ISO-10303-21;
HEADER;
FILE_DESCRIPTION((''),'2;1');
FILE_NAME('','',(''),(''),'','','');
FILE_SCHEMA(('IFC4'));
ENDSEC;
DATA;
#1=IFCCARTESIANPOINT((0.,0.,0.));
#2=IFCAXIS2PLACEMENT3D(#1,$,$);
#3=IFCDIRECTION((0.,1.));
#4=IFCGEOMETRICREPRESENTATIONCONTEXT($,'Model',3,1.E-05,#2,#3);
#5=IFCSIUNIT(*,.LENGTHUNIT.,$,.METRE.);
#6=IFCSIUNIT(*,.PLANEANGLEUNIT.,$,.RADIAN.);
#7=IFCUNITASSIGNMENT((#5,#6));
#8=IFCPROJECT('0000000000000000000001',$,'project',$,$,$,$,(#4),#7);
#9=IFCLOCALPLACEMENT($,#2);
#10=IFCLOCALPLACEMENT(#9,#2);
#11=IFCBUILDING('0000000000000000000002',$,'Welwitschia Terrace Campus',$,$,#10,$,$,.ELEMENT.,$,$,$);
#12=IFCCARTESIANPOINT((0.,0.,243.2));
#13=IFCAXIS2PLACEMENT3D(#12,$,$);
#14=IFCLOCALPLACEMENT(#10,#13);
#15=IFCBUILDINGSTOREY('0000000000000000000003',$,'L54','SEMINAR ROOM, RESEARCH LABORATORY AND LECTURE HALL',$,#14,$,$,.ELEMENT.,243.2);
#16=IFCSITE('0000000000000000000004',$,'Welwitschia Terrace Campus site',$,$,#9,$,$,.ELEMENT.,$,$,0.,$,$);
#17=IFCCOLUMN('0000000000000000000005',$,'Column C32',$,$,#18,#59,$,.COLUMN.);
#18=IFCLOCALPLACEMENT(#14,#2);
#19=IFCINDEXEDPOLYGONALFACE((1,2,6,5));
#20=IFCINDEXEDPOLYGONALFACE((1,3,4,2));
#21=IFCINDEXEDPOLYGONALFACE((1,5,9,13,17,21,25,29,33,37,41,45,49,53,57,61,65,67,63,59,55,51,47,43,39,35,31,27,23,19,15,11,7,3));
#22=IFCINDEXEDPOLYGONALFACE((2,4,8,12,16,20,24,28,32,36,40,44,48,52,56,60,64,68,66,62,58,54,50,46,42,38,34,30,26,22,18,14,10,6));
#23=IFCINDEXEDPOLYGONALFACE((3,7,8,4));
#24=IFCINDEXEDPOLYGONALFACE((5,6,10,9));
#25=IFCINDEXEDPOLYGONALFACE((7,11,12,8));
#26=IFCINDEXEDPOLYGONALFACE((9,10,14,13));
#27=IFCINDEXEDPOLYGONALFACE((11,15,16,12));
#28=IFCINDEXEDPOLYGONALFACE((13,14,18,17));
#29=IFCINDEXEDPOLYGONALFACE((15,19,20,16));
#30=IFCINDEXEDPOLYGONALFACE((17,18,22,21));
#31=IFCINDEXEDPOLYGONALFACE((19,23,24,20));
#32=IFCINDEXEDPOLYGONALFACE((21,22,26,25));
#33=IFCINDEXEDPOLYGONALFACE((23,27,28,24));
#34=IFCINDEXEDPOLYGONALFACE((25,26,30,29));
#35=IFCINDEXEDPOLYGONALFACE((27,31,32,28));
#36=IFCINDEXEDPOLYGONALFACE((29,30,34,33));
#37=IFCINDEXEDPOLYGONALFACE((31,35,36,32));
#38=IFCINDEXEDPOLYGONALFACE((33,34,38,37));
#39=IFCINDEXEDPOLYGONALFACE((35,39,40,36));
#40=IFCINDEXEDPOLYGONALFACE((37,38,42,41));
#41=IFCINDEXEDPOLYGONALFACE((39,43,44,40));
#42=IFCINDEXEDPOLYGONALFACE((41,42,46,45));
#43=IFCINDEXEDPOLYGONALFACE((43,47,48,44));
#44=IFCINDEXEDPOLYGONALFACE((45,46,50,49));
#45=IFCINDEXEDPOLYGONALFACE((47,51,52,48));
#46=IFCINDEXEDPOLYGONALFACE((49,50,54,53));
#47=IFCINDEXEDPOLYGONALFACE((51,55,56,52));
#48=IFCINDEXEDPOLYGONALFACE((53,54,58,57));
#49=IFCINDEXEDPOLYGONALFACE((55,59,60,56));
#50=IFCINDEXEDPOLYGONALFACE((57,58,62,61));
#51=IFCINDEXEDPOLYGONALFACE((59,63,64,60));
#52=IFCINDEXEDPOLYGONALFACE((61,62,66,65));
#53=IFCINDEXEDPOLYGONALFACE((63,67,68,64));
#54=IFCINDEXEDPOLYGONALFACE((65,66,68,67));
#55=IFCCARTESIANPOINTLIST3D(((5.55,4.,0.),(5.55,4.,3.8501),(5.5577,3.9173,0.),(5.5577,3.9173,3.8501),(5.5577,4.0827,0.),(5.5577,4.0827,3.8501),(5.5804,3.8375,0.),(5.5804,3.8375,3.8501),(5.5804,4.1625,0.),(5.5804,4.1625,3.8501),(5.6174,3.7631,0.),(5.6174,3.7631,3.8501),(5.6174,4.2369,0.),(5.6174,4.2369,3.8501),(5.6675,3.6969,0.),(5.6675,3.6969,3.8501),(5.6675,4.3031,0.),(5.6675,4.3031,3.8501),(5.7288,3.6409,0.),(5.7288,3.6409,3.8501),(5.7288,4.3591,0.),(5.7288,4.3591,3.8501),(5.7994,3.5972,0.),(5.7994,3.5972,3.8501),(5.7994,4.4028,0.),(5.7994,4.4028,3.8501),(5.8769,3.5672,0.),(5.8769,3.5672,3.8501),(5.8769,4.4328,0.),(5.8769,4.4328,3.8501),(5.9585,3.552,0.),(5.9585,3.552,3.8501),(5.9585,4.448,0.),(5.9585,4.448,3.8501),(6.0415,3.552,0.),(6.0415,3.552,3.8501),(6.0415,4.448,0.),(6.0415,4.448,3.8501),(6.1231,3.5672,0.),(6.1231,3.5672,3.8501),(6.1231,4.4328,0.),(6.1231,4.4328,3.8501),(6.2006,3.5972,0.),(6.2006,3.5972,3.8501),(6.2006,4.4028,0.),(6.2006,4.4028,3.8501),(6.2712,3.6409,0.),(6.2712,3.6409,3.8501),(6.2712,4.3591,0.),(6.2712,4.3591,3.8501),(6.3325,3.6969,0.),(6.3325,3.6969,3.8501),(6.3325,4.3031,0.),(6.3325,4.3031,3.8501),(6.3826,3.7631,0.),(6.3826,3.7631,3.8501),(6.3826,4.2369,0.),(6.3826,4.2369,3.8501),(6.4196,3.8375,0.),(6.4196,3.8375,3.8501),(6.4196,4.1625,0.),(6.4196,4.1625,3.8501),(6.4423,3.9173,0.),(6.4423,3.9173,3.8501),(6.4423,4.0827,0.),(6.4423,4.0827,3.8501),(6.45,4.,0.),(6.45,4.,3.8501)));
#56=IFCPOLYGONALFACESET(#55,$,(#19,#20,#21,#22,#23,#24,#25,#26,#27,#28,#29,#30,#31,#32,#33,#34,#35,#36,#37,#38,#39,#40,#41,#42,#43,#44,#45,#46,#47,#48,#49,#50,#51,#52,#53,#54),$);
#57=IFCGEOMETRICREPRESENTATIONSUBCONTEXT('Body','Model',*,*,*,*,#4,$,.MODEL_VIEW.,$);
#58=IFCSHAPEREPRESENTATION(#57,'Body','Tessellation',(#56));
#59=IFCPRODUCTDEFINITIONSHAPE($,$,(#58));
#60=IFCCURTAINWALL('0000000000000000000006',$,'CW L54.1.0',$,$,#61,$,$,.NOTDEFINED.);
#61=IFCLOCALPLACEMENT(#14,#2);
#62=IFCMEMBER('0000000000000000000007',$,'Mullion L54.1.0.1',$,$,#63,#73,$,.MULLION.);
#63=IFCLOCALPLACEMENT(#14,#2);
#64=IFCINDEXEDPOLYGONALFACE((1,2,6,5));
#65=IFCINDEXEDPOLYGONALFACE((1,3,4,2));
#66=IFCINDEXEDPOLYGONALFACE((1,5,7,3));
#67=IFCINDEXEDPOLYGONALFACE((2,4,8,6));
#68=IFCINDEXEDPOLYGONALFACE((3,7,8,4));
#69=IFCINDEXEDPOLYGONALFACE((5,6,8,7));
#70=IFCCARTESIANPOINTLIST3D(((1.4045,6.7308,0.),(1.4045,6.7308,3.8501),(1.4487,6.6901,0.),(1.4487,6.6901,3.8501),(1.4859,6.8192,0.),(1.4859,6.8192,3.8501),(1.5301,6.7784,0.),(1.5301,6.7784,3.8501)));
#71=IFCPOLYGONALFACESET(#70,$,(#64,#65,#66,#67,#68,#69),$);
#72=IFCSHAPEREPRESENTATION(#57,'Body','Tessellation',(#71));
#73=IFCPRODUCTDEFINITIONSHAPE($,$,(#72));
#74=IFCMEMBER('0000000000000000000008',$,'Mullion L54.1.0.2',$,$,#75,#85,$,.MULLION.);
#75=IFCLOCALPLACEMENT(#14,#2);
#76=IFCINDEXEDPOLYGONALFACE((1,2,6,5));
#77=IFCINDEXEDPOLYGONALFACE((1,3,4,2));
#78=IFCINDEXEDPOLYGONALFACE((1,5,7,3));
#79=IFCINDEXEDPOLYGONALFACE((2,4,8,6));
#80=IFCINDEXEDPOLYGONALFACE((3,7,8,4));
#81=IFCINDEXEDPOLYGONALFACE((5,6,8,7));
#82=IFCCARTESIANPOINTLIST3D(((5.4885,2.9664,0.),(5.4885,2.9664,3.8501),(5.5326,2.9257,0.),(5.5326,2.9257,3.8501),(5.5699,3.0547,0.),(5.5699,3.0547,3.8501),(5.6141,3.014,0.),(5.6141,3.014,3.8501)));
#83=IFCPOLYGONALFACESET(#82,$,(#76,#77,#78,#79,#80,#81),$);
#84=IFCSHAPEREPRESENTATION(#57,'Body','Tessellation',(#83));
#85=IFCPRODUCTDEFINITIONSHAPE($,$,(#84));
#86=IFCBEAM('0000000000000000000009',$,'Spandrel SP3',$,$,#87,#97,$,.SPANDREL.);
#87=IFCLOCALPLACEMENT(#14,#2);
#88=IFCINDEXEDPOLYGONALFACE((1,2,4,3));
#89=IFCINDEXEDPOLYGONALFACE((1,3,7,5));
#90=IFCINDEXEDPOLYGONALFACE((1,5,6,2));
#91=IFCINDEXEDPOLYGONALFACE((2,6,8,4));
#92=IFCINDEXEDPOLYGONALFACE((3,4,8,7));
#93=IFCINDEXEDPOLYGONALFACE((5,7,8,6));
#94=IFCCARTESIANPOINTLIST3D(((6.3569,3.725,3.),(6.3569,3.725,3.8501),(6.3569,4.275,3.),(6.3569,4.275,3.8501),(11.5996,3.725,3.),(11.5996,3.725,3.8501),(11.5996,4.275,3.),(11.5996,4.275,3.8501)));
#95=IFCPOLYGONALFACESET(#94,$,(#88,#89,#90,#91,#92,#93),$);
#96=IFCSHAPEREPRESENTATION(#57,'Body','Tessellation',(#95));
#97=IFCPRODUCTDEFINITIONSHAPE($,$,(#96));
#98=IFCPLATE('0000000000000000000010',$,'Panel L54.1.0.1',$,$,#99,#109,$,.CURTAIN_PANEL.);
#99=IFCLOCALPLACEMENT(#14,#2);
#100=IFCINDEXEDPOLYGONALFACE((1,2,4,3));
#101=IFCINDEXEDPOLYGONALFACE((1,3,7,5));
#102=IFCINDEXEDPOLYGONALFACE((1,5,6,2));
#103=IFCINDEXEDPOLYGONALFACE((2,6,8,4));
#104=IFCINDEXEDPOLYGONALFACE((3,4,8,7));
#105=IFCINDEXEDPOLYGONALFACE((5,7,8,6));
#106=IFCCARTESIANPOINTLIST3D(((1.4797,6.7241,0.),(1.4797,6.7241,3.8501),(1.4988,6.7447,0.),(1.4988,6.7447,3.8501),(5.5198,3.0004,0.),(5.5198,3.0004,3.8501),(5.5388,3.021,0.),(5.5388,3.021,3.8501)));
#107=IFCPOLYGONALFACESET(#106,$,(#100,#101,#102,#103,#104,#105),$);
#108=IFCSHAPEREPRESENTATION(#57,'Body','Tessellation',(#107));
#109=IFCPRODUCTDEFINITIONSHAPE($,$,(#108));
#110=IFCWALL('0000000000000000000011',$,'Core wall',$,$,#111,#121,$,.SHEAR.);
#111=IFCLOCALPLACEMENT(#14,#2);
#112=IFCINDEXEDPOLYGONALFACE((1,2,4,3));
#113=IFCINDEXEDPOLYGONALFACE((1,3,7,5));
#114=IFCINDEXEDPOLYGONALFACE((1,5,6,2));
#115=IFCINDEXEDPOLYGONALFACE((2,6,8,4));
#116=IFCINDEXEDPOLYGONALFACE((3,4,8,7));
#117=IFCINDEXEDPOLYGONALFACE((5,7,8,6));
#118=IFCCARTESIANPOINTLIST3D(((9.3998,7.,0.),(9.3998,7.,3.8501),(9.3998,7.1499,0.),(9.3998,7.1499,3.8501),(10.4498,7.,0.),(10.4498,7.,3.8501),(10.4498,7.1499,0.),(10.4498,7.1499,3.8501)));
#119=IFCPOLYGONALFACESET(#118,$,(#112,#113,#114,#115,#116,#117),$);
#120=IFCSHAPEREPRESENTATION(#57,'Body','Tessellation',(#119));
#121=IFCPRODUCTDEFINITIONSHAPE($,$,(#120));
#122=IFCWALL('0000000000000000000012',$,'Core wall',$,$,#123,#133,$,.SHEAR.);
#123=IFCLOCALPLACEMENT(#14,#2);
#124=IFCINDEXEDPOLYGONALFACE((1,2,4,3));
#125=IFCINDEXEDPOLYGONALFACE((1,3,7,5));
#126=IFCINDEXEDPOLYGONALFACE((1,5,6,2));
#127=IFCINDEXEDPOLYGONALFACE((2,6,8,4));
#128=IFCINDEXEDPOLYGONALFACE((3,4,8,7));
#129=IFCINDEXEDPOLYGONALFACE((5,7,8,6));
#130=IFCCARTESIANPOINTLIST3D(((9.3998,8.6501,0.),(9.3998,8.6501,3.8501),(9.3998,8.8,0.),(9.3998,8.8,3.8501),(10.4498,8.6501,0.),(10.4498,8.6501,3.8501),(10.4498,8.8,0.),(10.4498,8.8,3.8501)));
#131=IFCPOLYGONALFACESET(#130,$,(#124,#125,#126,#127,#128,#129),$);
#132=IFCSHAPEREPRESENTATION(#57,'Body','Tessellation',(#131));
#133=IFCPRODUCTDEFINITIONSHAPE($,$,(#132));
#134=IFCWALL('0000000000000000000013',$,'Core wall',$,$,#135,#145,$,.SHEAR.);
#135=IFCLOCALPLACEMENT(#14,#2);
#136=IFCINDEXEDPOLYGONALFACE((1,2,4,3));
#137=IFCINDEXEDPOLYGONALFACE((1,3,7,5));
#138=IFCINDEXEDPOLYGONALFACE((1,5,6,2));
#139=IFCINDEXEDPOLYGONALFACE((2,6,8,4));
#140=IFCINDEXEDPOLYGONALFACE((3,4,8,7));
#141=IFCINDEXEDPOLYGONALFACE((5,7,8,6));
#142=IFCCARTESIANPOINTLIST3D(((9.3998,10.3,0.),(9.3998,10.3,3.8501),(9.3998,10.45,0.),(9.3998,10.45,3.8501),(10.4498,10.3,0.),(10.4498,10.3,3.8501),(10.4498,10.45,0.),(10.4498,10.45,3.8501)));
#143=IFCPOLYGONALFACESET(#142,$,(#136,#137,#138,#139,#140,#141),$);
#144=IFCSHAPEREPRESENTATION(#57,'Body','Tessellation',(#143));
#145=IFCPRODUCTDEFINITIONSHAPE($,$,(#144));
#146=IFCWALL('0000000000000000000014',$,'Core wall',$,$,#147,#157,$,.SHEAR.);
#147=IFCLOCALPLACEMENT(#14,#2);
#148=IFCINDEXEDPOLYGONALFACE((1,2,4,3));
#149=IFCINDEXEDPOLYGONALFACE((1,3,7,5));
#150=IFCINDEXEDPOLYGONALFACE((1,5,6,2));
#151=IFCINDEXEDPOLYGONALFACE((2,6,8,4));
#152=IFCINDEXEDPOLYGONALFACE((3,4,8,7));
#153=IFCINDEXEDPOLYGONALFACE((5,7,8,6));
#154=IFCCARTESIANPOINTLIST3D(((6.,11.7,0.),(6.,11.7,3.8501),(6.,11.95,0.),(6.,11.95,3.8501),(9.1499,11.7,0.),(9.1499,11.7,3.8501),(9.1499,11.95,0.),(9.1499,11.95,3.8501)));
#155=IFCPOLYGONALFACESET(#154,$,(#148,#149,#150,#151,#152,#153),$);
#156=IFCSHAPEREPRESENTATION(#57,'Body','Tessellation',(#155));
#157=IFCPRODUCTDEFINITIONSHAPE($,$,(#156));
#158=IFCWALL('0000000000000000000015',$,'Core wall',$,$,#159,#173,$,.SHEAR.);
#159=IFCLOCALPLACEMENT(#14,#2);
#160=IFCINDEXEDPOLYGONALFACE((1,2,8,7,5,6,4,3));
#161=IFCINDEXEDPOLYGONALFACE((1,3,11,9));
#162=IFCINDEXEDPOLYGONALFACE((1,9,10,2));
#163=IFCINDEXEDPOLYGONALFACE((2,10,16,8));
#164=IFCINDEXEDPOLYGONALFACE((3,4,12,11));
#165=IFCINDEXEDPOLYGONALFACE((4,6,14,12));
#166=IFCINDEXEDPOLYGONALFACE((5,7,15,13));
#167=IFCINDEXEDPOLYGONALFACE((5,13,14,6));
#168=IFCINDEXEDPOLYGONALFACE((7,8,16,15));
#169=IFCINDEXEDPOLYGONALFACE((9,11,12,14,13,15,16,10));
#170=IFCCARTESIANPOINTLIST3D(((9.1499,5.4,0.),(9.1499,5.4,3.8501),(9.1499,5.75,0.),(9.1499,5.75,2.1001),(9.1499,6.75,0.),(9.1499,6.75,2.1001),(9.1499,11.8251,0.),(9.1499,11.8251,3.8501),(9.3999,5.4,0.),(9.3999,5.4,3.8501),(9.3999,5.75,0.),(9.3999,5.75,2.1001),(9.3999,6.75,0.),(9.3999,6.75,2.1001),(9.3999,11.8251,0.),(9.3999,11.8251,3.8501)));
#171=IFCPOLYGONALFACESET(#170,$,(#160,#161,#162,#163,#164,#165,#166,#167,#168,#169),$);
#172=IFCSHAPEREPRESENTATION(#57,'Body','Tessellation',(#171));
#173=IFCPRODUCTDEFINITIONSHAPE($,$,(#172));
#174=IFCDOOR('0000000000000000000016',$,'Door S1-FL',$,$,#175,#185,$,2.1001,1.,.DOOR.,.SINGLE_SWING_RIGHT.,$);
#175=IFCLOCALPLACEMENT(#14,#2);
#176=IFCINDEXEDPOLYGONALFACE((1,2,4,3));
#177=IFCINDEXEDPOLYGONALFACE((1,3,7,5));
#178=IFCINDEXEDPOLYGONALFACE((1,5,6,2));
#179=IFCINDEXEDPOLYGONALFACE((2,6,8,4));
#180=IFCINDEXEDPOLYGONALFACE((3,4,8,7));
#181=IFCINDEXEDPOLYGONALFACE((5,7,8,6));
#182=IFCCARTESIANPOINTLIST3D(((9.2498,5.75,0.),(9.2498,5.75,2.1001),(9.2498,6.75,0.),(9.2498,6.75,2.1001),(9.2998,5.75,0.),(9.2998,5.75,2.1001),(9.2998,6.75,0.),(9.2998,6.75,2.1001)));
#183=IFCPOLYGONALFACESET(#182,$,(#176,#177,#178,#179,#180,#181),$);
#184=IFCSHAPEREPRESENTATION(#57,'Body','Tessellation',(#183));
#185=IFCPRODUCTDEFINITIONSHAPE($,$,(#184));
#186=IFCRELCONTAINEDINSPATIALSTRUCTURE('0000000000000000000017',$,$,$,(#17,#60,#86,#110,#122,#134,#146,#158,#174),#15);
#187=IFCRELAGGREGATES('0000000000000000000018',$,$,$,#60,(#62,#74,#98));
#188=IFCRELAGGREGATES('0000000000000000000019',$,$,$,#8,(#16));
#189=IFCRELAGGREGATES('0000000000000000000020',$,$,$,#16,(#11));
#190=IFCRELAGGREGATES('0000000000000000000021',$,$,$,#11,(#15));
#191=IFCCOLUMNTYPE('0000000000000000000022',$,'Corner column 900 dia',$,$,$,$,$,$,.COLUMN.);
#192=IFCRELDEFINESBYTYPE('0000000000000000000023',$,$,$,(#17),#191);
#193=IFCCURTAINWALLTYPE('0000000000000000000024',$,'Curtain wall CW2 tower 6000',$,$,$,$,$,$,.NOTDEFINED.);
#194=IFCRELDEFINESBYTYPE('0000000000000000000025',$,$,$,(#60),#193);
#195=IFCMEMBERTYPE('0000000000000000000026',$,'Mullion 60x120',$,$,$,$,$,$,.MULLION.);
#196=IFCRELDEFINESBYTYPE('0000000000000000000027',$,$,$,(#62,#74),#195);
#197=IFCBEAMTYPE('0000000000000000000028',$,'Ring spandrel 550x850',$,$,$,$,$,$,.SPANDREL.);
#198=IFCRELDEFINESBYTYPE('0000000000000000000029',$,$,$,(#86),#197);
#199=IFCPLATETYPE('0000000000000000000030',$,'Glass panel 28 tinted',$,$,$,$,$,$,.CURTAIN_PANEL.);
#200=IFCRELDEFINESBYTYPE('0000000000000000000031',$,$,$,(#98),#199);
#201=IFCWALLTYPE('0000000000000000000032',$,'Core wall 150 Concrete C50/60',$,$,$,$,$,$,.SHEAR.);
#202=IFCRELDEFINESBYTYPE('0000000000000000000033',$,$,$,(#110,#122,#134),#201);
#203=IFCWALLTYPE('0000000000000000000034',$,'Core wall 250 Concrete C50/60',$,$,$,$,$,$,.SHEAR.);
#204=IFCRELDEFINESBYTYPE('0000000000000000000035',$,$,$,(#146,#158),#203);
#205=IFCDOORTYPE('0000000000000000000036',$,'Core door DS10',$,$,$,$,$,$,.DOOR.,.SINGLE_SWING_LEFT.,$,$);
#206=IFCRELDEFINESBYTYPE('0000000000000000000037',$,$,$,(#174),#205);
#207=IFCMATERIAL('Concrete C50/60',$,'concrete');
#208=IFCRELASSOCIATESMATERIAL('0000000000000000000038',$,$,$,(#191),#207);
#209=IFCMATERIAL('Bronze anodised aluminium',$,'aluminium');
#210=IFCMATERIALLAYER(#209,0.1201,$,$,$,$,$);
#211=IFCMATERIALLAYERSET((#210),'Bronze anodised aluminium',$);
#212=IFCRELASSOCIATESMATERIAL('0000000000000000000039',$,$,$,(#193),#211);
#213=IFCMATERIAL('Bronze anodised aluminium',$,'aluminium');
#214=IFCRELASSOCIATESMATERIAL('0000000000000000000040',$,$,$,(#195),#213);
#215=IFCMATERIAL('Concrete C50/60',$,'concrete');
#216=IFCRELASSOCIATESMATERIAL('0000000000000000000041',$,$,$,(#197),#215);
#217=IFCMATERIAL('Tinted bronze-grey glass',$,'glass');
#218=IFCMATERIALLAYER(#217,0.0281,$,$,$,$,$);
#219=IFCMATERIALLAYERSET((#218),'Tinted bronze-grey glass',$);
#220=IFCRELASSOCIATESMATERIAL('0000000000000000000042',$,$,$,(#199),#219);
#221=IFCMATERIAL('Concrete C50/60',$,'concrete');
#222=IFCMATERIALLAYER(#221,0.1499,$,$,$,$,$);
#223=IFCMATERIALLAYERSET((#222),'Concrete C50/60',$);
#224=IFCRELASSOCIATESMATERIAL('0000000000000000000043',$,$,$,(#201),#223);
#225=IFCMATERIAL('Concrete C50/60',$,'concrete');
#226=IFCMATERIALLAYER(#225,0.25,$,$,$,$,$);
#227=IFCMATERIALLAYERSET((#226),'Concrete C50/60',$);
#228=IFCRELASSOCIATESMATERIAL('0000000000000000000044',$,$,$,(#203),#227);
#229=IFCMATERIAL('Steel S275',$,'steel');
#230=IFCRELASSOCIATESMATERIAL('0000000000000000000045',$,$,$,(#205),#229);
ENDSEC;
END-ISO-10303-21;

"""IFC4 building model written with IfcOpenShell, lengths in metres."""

from ifc_helpers import new_model, si_unit, direction, frame, frame_2d, origin, origin_2d, place, context, subcontext, project, spatial, rectangle, circle, extrude, material, layer, layer_set, material_profile, profile_set, type_object, element, fill, aggregate, save


model = new_model("IFC4")

# Units and contexts
model_context = context("Model", 3, precision=1e-05, world=origin(), true_north=direction((0.0, 1.0)))
body_context = subcontext(model_context, "Body", "Model", "MODEL_VIEW")
ifc_project = project(units=[si_unit("LENGTHUNIT", "METRE"), si_unit("PLANEANGLEUNIT", "RADIAN")], contexts=[model_context])

# Site, building, storey
site_placement = place(None, origin())
site = spatial("IfcSite", under=ifc_project, at=site_placement, Name="Welwitschia Terrace Campus site", CompositionType="ELEMENT", RefElevation=0.0)
building_placement = place(site_placement, origin())
building = spatial("IfcBuilding", under=site, at=building_placement, Name="Welwitschia Terrace Campus", CompositionType="ELEMENT")
storey_placement = place(building_placement, frame((0.0, 0.0, 243.2)))
storey = spatial("IfcBuildingStorey", under=building, at=storey_placement, Name="L54", Description="SEMINAR ROOM, RESEARCH LABORATORY AND LECTURE HALL", CompositionType="ELEMENT", Elevation=243.2)

# Column
ifc_material_1 = material(Name="Concrete C50/60", Category="concrete")
ifc_material_profile_1 = material_profile(ifc_material_1, circle(Radius=0.45, at=origin_2d()))
ifc_profile_set_1 = profile_set([ifc_material_profile_1], Name="Concrete C50/60")
column_type = type_object("IfcColumnType", Name="Corner column 900 dia", PredefinedType="COLUMN", material=ifc_profile_set_1)
column_placement = place(storey_placement, frame((6.0, 4.0, 0.0), z_axis=(0.0, 0.0, 1.0), x_axis=(1.0, 0.0, 0.0)))
element("IfcColumn", 1, at=column_placement, inside=storey, type_object=column_type, Name="Column C32", PredefinedType="COLUMN", context=body_context, shape_type="SweptSolid", body=[
    extrude(circle(Radius=0.45, at=origin_2d()), origin(), (0.0, 0.0, 1.0), 3.8501),
])

# Curtain wall, members
ifc_material_2 = material(Name="Bronze anodised aluminium", Category="aluminium")
ifc_layer_1 = layer(ifc_material_2, 0.1201)
ifc_layer_set_1 = layer_set([ifc_layer_1], Name="Bronze anodised aluminium")
curtain_wall_type = type_object("IfcCurtainWallType", Name="Curtain wall CW2 tower 6000", PredefinedType="NOTDEFINED", material=ifc_layer_set_1)
curtain_wall_placement = place(storey_placement, origin())
curtain_wall = element("IfcCurtainWall", 2, at=curtain_wall_placement, inside=storey, type_object=curtain_wall_type, Name="CW L54.1.0", PredefinedType="NOTDEFINED")
ifc_material_3 = material(Name="Bronze anodised aluminium", Category="aluminium")
ifc_material_profile_2 = material_profile(ifc_material_3, rectangle(XDim=0.1201, YDim=0.0601, at=origin_2d()))
ifc_profile_set_2 = profile_set([ifc_material_profile_2], Name="Bronze anodised aluminium")
member_type = type_object("IfcMemberType", Name="Mullion 60x120", PredefinedType="MULLION", material=ifc_profile_set_2)
member_1_placement = place(storey_placement, frame((1.4673, 6.7546, 0.0), z_axis=(0.0, 0.0, 1.0), x_axis=(0.67773, 0.735311, 0.0)))
member_1 = element("IfcMember", 3, at=member_1_placement, type_object=member_type, Name="Mullion L54.1.0.1", PredefinedType="MULLION", context=body_context, shape_type="SweptSolid", body=[
    extrude(rectangle(XDim=0.1201, YDim=0.0601, at=origin_2d()), origin(), (0.0, 0.0, 1.0), 3.8501),
])
member_2_placement = place(storey_placement, frame((5.5513, 2.9902, 0.0), z_axis=(0.0, 0.0, 1.0), x_axis=(0.67773, 0.735311, 0.0)))
member_2 = element("IfcMember", 4, at=member_2_placement, type_object=member_type, Name="Mullion L54.1.0.2", PredefinedType="MULLION", context=body_context, shape_type="SweptSolid", body=[
    extrude(rectangle(XDim=0.1201, YDim=0.0601, at=origin_2d()), origin(), (0.0, 0.0, 1.0), 3.8501),
])

# Beam
ifc_material_4 = material(Name="Concrete C50/60", Category="concrete")
ifc_material_profile_3 = material_profile(ifc_material_4, rectangle(XDim=0.55, YDim=0.8501, at=origin_2d()))
ifc_profile_set_3 = profile_set([ifc_material_profile_3], Name="Concrete C50/60")
beam_type = type_object("IfcBeamType", Name="Ring spandrel 550x850", PredefinedType="SPANDREL", material=ifc_profile_set_3)
beam_placement = place(storey_placement, frame((6.3569, 4.0, 3.425), z_axis=(1.0, 0.0, 0.0), x_axis=(0.0, 1.0, 0.0)))
element("IfcBeam", 5, at=beam_placement, inside=storey, type_object=beam_type, Name="Spandrel SP3", PredefinedType="SPANDREL", context=body_context, shape_type="SweptSolid", body=[
    extrude(rectangle(XDim=0.55, YDim=0.8501, at=origin_2d()), origin(), (0.0, 0.0, 1.0), 5.2427),
])

# Plate
ifc_material_5 = material(Name="Tinted bronze-grey glass", Category="glass")
ifc_layer_2 = layer(ifc_material_5, 0.0281)
ifc_layer_set_2 = layer_set([ifc_layer_2], Name="Tinted bronze-grey glass")
plate_type = type_object("IfcPlateType", Name="Glass panel 28 tinted", PredefinedType="CURTAIN_PANEL", material=ifc_layer_set_2)
plate_placement = place(storey_placement, frame((3.5093, 4.8726, 0.0), z_axis=(0.0, 0.0, 1.0), x_axis=(0.735311, -0.67773, 0.0)))
plate = element("IfcPlate", 6, at=plate_placement, type_object=plate_type, Name="Panel L54.1.0.1", PredefinedType="CURTAIN_PANEL", context=body_context, shape_type="SweptSolid", body=[
    extrude(rectangle(XDim=5.4944, YDim=0.0281, at=origin_2d()), origin(), (0.0, 0.0, 1.0), 3.8501),
])
aggregate(curtain_wall, [member_1, member_2, plate])

# Walls
ifc_material_6 = material(Name="Concrete C50/60", Category="concrete")
ifc_layer_3 = layer(ifc_material_6, 0.1499)
ifc_layer_set_3 = layer_set([ifc_layer_3], Name="Concrete C50/60")
wall_type_1 = type_object("IfcWallType", Name="Core wall 150 Concrete C50/60", PredefinedType="SHEAR", material=ifc_layer_set_3)
for number, where, z_axis, x_axis, name in (
    (7, (9.3999, 7.075, 0.0), (0.0, 0.0, 1.0), (1.0, 0.0, 0.0), "Core wall"),
    (8, (9.3999, 8.7251, 0.0), (0.0, 0.0, 1.0), (1.0, 0.0, 0.0), "Core wall"),
    (9, (9.3999, 10.375, 0.0), (0.0, 0.0, 1.0), (1.0, 0.0, 0.0), "Core wall"),
):
    element("IfcWall", number, at=place(storey_placement, frame(where, z_axis=z_axis, x_axis=x_axis)), inside=storey, type_object=wall_type_1, Name=name, PredefinedType="SHEAR", context=body_context, shape_type="SweptSolid", body=[
        extrude(rectangle(XDim=1.05, YDim=0.1499, at=frame_2d((0.5249, 0.0))), origin(), (0.0, 0.0, 1.0), 3.8501),
    ])
ifc_material_7 = material(Name="Concrete C50/60", Category="concrete")
ifc_layer_4 = layer(ifc_material_7, 0.25)
ifc_layer_set_4 = layer_set([ifc_layer_4], Name="Concrete C50/60")
wall_type_2 = type_object("IfcWallType", Name="Core wall 250 Concrete C50/60", PredefinedType="SHEAR", material=ifc_layer_set_4)
wall_1_placement = place(storey_placement, frame((6.0, 11.825, 0.0), z_axis=(0.0, 0.0, 1.0), x_axis=(1.0, 0.0, 0.0)))
element("IfcWall", 10, at=wall_1_placement, inside=storey, type_object=wall_type_2, Name="Core wall", PredefinedType="SHEAR", context=body_context, shape_type="SweptSolid", body=[
    extrude(rectangle(XDim=3.1499, YDim=0.25, at=frame_2d((1.575, 0.0))), origin(), (0.0, 0.0, 1.0), 3.8501),
])

# Wall, opening, door
wall_2_placement = place(storey_placement, frame((9.2749, 11.825, 0.0), z_axis=(0.0, 0.0, 1.0), x_axis=(0.0, -1.0, 0.0)))
wall_2 = element("IfcWall", 11, at=wall_2_placement, inside=storey, type_object=wall_type_2, Name="Core wall", PredefinedType="SHEAR", context=body_context, shape_type="SweptSolid", body=[
    extrude(rectangle(XDim=6.425, YDim=0.25, at=frame_2d((3.2124, 0.0))), origin(), (0.0, 0.0, 1.0), 3.8501),
])
opening_1_placement = place(wall_2_placement, frame((5.075, 0.0, 0.0)))
opening_1 = element("IfcOpeningElement", 12, at=opening_1_placement, cuts=wall_2, PredefinedType="OPENING", context=body_context, shape_type="SweptSolid", body=[
    extrude(rectangle(XDim=1.0, YDim=2.1001, at=frame_2d((0.5, 1.05))), frame((0.0, 0.135, 0.0), z_axis=(0.0, -1.0, 0.0), x_axis=(1.0, 0.0, 0.0)), (0.0, 0.0, 1.0), 0.27),
])
ifc_material_8 = material(Name="Steel S275", Category="steel")
door_type_1 = type_object("IfcDoorType", Name="Core door DS10", OperationType="SINGLE_SWING_LEFT", PredefinedType="DOOR", material=ifc_material_8)
door_1_placement = place(opening_1_placement, origin())
door_1 = element("IfcDoor", 13, at=door_1_placement, inside=storey, type_object=door_type_1, Name="Door S1-FL", OperationType="SINGLE_SWING_RIGHT", OverallHeight=2.1001, OverallWidth=1.0, PredefinedType="DOOR", context=body_context, shape_type="SweptSolid", body=[
    extrude(rectangle(XDim=1.0, YDim=2.1001, at=frame_2d((0.5, 1.05))), frame((0.0, 0.0249, 0.0), z_axis=(0.0, -1.0, 0.0), x_axis=(1.0, 0.0, 0.0)), (0.0, 0.0, 1.0), 0.05),
])
fill(opening_1, door_1)

save(model, "model.ifc")
